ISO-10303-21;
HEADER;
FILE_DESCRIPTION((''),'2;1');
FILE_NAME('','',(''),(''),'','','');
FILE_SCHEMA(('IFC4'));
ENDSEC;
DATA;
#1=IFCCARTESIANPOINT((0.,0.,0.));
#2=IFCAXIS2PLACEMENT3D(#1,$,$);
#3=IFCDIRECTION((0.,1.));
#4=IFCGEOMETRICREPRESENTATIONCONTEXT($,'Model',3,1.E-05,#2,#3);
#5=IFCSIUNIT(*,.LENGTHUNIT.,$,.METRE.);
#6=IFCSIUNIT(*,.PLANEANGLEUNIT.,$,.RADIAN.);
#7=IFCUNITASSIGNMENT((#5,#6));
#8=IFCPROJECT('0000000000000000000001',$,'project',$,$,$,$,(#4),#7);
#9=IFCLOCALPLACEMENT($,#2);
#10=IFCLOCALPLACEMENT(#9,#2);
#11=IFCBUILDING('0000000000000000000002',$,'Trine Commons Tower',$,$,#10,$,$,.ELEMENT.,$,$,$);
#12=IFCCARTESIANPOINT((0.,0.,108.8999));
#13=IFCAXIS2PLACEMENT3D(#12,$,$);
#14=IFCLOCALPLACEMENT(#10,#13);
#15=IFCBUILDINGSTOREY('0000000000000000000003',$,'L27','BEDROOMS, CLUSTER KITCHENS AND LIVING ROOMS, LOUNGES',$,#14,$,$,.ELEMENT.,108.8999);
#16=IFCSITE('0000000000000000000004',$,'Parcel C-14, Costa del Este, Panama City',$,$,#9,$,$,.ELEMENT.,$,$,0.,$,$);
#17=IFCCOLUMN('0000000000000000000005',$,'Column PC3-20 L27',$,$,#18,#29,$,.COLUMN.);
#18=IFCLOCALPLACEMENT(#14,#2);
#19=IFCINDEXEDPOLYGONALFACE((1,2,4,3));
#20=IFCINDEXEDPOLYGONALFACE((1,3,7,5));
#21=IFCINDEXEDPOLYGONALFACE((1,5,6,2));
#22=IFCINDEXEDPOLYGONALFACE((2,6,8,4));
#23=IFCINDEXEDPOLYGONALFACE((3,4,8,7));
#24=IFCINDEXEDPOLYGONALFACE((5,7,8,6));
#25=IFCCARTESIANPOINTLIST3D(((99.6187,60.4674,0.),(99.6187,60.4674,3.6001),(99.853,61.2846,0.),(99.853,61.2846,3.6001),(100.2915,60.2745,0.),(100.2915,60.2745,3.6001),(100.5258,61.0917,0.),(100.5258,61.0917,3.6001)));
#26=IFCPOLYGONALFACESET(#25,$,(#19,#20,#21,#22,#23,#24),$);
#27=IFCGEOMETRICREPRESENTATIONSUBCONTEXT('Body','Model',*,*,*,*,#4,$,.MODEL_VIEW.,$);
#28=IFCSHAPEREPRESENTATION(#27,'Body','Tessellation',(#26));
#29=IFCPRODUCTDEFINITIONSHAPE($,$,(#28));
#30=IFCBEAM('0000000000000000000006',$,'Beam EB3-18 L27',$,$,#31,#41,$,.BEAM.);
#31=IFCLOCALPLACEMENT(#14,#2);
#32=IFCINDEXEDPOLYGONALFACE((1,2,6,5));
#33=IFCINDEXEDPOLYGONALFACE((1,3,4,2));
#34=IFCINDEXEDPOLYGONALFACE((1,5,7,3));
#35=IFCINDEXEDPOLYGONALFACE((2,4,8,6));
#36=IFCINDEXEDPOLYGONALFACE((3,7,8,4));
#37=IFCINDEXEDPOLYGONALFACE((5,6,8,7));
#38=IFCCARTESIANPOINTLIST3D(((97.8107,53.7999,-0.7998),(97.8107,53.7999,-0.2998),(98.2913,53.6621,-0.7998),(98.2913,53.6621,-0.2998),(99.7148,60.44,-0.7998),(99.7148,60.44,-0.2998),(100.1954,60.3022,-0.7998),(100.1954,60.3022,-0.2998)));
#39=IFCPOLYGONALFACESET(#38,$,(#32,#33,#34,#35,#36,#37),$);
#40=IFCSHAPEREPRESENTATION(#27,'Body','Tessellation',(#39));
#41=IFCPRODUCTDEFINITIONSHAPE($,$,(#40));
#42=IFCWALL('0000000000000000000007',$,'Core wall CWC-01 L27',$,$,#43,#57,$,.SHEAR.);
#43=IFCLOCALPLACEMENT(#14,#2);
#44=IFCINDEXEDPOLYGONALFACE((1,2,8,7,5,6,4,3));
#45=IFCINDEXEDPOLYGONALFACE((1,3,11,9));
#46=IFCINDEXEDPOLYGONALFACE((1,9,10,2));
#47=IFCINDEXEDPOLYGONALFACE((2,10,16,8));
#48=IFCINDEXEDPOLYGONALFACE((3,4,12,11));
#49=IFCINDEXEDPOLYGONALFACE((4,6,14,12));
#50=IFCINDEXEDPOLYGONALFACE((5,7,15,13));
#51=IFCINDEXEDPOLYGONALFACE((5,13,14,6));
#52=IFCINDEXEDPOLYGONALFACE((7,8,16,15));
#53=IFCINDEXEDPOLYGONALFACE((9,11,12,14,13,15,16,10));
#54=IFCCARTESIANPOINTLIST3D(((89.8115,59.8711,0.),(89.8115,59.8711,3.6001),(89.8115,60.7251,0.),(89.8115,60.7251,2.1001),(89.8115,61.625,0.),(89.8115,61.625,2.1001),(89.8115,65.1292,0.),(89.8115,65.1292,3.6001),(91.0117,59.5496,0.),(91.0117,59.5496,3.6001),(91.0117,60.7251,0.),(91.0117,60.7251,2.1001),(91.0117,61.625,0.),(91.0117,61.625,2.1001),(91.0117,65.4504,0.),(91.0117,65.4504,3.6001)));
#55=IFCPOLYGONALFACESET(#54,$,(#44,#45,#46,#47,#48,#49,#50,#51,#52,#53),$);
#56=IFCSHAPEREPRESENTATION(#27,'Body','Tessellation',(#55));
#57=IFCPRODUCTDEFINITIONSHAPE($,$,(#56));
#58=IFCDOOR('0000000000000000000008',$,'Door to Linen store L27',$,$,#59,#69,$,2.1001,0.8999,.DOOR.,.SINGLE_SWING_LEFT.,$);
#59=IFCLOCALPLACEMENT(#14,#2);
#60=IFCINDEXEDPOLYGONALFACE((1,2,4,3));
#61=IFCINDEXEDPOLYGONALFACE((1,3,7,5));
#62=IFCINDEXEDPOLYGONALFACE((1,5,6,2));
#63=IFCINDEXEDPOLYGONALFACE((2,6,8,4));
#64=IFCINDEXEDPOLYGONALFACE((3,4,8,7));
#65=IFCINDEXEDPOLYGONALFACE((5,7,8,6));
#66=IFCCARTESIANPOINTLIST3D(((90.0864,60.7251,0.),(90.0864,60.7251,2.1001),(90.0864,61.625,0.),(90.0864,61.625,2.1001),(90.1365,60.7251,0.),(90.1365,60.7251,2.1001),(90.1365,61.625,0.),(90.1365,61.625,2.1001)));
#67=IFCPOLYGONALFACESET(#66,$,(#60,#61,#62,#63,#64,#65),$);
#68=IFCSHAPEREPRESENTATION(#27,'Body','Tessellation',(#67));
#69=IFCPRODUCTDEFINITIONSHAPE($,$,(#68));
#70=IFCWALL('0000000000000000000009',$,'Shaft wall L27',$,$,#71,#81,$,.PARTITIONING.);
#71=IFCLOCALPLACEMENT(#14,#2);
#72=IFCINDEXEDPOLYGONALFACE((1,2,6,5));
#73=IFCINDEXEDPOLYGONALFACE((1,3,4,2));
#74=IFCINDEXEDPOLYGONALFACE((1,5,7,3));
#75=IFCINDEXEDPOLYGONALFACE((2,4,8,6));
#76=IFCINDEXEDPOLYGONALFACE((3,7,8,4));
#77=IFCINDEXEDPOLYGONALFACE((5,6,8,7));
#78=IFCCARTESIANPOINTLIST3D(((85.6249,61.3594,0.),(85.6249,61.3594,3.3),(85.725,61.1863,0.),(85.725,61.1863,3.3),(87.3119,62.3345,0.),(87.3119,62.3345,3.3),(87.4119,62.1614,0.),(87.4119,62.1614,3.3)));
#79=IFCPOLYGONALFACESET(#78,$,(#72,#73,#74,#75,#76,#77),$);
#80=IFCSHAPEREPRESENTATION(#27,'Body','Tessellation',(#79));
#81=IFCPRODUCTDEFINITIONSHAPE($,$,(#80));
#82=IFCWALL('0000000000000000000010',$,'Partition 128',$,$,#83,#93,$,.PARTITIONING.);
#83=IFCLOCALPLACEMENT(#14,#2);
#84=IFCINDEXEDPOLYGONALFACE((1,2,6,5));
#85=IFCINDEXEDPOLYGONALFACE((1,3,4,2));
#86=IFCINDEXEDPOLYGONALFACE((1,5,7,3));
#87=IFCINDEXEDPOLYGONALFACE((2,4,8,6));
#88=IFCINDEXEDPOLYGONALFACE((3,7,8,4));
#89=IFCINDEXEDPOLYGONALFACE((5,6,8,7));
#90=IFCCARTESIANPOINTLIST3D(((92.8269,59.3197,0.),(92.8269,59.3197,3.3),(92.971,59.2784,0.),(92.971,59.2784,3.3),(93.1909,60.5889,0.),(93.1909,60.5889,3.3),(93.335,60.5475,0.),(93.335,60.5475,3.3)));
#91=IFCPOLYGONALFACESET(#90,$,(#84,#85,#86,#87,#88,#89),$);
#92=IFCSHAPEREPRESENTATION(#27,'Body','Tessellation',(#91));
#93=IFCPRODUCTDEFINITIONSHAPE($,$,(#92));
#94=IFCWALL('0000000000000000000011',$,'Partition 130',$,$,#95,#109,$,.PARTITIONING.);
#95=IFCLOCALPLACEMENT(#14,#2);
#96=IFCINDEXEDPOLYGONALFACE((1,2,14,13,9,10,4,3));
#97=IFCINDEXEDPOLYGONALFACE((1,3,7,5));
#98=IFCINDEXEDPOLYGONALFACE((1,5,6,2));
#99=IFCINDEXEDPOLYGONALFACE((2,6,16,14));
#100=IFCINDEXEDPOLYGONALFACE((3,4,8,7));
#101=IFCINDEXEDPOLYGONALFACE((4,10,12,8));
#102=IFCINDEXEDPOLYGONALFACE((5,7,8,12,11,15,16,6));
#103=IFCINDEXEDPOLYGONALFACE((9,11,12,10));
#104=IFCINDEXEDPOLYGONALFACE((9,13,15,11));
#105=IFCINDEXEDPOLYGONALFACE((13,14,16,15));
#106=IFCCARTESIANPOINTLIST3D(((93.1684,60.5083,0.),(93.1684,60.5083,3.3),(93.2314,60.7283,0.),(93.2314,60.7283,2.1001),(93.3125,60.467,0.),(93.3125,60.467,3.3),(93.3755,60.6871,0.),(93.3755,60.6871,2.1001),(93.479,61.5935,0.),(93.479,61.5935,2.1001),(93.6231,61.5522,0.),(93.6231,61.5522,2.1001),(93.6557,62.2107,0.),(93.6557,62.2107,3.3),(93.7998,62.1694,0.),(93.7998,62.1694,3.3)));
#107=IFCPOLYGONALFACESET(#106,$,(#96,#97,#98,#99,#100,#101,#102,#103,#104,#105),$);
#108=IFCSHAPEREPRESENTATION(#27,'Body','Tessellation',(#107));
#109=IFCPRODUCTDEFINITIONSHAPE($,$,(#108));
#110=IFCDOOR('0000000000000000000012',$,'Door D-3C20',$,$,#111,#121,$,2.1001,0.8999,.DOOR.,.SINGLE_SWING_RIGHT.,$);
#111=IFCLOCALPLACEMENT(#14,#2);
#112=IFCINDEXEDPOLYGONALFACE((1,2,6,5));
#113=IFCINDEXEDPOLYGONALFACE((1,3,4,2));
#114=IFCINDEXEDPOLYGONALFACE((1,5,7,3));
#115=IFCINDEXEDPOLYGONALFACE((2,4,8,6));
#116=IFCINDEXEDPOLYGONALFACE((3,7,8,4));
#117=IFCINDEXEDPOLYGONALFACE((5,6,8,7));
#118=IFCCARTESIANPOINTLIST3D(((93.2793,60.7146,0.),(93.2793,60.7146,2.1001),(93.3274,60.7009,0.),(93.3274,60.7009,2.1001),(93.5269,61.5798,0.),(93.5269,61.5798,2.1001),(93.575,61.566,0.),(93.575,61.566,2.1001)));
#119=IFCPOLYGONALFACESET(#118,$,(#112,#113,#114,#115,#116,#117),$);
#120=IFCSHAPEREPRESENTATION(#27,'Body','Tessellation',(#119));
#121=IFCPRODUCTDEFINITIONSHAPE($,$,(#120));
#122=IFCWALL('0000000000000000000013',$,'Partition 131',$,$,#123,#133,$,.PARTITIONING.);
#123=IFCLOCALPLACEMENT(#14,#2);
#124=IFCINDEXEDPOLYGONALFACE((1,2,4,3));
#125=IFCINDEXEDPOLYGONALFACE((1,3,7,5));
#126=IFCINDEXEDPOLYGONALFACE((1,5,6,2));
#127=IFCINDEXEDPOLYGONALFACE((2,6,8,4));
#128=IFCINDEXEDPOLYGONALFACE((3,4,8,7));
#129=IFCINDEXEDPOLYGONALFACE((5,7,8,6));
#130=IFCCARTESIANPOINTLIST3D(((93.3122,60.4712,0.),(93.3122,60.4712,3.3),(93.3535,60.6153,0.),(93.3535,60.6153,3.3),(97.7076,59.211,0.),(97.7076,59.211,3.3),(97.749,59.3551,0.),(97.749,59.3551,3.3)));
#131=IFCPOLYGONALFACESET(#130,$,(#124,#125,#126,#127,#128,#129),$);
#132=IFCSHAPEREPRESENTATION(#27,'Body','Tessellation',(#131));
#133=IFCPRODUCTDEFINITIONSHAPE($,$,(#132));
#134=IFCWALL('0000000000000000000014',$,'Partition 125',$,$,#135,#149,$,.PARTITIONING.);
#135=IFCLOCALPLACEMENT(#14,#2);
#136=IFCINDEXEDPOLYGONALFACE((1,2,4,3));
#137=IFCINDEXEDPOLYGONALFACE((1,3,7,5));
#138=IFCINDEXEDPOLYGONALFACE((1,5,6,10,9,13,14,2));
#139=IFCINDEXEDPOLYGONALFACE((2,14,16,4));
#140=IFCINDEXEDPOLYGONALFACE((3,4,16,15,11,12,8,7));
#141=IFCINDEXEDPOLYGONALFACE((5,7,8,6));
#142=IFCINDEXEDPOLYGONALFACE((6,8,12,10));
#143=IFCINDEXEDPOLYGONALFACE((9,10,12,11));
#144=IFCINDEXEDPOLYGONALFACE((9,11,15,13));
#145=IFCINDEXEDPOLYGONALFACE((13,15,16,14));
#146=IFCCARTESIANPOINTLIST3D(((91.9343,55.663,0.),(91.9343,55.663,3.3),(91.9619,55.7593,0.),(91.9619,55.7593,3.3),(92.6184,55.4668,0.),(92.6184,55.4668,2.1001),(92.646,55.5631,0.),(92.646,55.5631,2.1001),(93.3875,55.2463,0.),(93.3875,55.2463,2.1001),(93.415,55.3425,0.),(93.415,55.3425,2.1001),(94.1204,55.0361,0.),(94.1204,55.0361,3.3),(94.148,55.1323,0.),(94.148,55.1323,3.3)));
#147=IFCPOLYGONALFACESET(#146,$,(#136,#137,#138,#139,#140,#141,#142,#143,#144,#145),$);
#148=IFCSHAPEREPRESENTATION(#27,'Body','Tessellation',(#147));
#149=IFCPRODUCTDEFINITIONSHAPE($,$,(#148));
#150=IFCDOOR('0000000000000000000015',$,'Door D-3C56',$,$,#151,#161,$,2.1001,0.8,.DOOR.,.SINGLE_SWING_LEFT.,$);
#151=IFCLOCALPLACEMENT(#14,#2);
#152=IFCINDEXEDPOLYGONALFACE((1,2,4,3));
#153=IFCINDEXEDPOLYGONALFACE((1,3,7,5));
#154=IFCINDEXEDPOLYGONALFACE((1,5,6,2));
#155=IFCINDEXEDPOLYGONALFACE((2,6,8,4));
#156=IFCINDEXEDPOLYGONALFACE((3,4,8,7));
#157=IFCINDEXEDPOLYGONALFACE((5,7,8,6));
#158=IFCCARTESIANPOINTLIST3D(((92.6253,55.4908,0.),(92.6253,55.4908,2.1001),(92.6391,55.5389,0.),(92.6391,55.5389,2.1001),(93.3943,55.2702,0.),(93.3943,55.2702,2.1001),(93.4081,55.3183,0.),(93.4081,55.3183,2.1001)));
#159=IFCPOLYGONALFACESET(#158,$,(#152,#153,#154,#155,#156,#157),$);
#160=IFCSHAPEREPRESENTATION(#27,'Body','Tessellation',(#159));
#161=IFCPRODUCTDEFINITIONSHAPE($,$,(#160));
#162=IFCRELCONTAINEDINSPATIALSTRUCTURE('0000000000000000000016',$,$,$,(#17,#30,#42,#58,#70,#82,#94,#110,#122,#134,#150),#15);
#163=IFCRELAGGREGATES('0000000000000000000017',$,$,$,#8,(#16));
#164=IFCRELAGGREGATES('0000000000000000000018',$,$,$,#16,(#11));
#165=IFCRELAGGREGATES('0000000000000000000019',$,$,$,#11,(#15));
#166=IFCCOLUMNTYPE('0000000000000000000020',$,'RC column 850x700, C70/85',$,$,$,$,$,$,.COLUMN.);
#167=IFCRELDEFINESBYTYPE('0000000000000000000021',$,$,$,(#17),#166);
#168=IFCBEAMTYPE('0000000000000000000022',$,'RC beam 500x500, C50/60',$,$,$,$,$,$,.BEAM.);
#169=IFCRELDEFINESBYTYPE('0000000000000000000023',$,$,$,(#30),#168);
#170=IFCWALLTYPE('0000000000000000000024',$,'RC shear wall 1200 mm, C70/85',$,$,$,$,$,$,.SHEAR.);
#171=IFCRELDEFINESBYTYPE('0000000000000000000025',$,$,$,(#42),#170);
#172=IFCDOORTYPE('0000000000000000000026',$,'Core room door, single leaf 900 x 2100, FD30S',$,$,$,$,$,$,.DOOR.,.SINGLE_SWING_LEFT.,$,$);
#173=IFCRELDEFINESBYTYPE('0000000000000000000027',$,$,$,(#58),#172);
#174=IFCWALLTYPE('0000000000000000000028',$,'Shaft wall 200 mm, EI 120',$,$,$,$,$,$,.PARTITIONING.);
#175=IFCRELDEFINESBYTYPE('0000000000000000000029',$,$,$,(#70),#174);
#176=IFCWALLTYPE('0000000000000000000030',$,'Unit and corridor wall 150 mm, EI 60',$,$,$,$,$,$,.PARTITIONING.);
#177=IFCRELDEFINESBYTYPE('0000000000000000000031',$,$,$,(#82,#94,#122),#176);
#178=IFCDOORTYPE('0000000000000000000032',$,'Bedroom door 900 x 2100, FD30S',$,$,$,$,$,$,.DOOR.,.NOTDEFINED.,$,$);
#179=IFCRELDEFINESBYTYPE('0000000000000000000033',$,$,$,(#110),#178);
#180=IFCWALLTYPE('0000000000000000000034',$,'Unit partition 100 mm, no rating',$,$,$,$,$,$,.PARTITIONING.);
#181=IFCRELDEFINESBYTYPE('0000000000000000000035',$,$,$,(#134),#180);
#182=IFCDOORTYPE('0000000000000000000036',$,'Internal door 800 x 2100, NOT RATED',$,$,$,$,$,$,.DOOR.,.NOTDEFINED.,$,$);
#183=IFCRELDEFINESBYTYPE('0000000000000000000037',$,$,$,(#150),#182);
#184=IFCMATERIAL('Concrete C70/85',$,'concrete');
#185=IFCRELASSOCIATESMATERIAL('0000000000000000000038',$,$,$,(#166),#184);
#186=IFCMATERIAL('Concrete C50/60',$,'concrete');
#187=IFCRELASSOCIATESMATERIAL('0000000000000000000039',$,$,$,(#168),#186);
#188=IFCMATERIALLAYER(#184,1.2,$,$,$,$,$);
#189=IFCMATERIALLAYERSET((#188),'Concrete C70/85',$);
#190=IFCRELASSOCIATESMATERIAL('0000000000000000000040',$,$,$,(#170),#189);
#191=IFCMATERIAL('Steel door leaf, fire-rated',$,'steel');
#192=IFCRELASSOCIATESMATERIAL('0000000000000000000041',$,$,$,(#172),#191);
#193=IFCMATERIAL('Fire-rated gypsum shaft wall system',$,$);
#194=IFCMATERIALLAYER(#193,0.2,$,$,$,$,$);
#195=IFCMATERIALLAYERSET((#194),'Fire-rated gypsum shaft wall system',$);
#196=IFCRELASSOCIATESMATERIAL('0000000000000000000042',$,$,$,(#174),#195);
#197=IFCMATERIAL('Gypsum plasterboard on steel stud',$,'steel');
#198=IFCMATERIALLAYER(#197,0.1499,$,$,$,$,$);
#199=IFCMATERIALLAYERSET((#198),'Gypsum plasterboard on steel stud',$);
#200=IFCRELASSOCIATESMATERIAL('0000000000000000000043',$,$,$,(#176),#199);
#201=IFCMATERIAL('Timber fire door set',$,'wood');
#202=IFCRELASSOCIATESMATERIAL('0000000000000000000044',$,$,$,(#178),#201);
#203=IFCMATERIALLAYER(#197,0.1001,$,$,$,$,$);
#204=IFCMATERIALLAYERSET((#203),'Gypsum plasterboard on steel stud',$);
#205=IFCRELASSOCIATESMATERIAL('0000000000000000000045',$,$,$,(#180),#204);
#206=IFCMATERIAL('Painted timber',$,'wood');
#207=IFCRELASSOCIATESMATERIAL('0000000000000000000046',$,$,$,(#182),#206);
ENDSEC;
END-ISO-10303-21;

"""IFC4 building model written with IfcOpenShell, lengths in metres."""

from ifc_helpers import new_model, si_unit, direction, frame, frame_2d, origin, origin_2d, place, context, subcontext, project, spatial, polyline, rectangle, outline, extrude, material, layer, layer_set, material_profile, profile_set, type_object, element, fill, save


model = new_model("IFC4")

# Units and contexts
model_context = context("Model", 3, precision=1e-05, world=origin(), true_north=direction((0.0, 1.0)))
body_context = subcontext(model_context, "Body", "Model", "MODEL_VIEW")
ifc_project = project(units=[si_unit("LENGTHUNIT", "METRE"), si_unit("PLANEANGLEUNIT", "RADIAN")], contexts=[model_context])

# Site, building, storey
site_placement = place(None, origin())
site = spatial("IfcSite", under=ifc_project, at=site_placement, Name="Parcel C-14, Costa del Este, Panama City", CompositionType="ELEMENT", RefElevation=0.0)
building_placement = place(site_placement, origin())
building = spatial("IfcBuilding", under=site, at=building_placement, Name="Trine Commons Tower", CompositionType="ELEMENT")
storey_placement = place(building_placement, frame((0.0, 0.0, 108.8999)))
storey = spatial("IfcBuildingStorey", under=building, at=storey_placement, Name="L27", Description="BEDROOMS, CLUSTER KITCHENS AND LIVING ROOMS, LOUNGES", CompositionType="ELEMENT", Elevation=108.8999)

# Column
ifc_material_1 = material(Name="Concrete C70/85", Category="concrete")
ifc_material_profile_1 = material_profile(ifc_material_1, rectangle(XDim=0.8501, YDim=0.7, at=origin_2d()), Name="RC 850x700")
ifc_profile_set_1 = profile_set([ifc_material_profile_1], Name="Concrete C70/85")
column_type = type_object("IfcColumnType", Name="RC column 850x700, C70/85", PredefinedType="COLUMN", material=ifc_profile_set_1)
column_placement = place(storey_placement, frame((100.0723, 60.7795, 0.0), z_axis=(0.0, 0.0, 1.0), x_axis=(0.275637, 0.961262, 0.0)))
element("IfcColumn", 1, at=column_placement, inside=storey, type_object=column_type, Name="Column PC3-20 L27", PredefinedType="COLUMN", context=body_context, shape_type="SweptSolid", body=[
    extrude(rectangle(XDim=0.8501, YDim=0.7, at=origin_2d()), origin(), (0.0, 0.0, 1.0), 3.6001),
])

# Beam
ifc_material_2 = material(Name="Concrete C50/60", Category="concrete")
ifc_material_profile_2 = material_profile(ifc_material_2, rectangle(XDim=0.5, YDim=0.5, at=origin_2d()), Name="RC 500x500")
ifc_profile_set_2 = profile_set([ifc_material_profile_2], Name="Concrete C50/60")
beam_type = type_object("IfcBeamType", Name="RC beam 500x500, C50/60", PredefinedType="BEAM", material=ifc_profile_set_2)
beam_placement = place(storey_placement, frame((99.9551, 60.3711, -0.5498), z_axis=(-0.275641, -0.961261, 0.0), x_axis=(0.961261, -0.275641, 0.0)))
element("IfcBeam", 2, at=beam_placement, inside=storey, type_object=beam_type, Name="Beam EB3-18 L27", PredefinedType="BEAM", context=body_context, shape_type="SweptSolid", body=[
    extrude(rectangle(XDim=0.5, YDim=0.5, at=origin_2d()), origin(), (0.0, 0.0, 1.0), 6.9077),
])

# Wall, opening, door
ifc_layer_1 = layer(ifc_material_1, 1.2)
ifc_layer_set_1 = layer_set([ifc_layer_1], Name="Concrete C70/85")
wall_type_1 = type_object("IfcWallType", Name="RC shear wall 1200 mm, C70/85", PredefinedType="SHEAR", material=ifc_layer_set_1)
wall_1_placement = place(storey_placement, frame((90.4116, 59.5496, 0.0), z_axis=(0.0, 0.0, 1.0), x_axis=(0.0, 1.0, 0.0)))
wall_1 = element("IfcWall", 3, at=wall_1_placement, inside=storey, type_object=wall_type_1, Name="Core wall CWC-01 L27", PredefinedType="SHEAR", context=body_context, shape_type="SweptSolid", body=[
    extrude(outline(polyline([(0.0, -0.6001), (5.9009, -0.6001), (5.5796, 0.6001), (0.3215, 0.6001), (0.0, -0.6001)])), origin(), (0.0, 0.0, 1.0), 3.6001),
])
opening_1_placement = place(wall_1_placement, frame((1.1755, 0.0, 0.0)))
opening_1 = element("IfcOpeningElement", 4, at=opening_1_placement, cuts=wall_1, PredefinedType="OPENING", context=body_context, shape_type="SweptSolid", body=[
    extrude(rectangle(XDim=0.8999, YDim=2.1001, at=frame_2d((0.45, 1.05))), frame((0.0, 0.6099, 0.0), z_axis=(0.0, -1.0, 0.0), x_axis=(1.0, 0.0, 0.0)), (0.0, 0.0, 1.0), 1.22),
])
ifc_material_3 = material(Name="Steel door leaf, fire-rated", Category="steel")
door_type_1 = type_object("IfcDoorType", Name="Core room door, single leaf 900 x 2100, FD30S", OperationType="SINGLE_SWING_LEFT", PredefinedType="DOOR", material=ifc_material_3)
door_1_placement = place(opening_1_placement, origin())
door_1 = element("IfcDoor", 5, at=door_1_placement, inside=storey, type_object=door_type_1, Name="Door to Linen store L27", OperationType="SINGLE_SWING_LEFT", OverallHeight=2.1001, OverallWidth=0.8999, PredefinedType="DOOR", context=body_context, shape_type="SweptSolid", body=[
    extrude(rectangle(XDim=0.8999, YDim=2.1001, at=frame_2d((0.45, 1.05))), frame((0.0, 0.3252, 0.0), z_axis=(0.0, -1.0, 0.0), x_axis=(1.0, 0.0, 0.0)), (0.0, 0.0, 1.0), 0.05),
])
fill(opening_1, door_1)

# Walls
ifc_material_4 = material(Name="Fire-rated gypsum shaft wall system")
ifc_layer_2 = layer(ifc_material_4, 0.2)
ifc_layer_set_2 = layer_set([ifc_layer_2], Name="Fire-rated gypsum shaft wall system")
wall_type_2 = type_object("IfcWallType", Name="Shaft wall 200 mm, EI 120", PredefinedType="PARTITIONING", material=ifc_layer_set_2)
wall_2_placement = place(storey_placement, frame((85.675, 61.2729, 0.0), z_axis=(0.0, 0.0, 1.0), x_axis=(0.865781, 0.500424, 0.0)))
element("IfcWall", 6, at=wall_2_placement, inside=storey, type_object=wall_type_2, Name="Shaft wall L27", PredefinedType="PARTITIONING", context=body_context, shape_type="SweptSolid", body=[
    extrude(rectangle(XDim=1.9485, YDim=0.2, at=frame_2d((0.9741, 0.0))), origin(), (0.0, 0.0, 1.0), 3.3),
])
ifc_material_5 = material(Name="Gypsum plasterboard on steel stud", Category="steel")
ifc_layer_3 = layer(ifc_material_5, 0.1499)
ifc_layer_set_3 = layer_set([ifc_layer_3], Name="Gypsum plasterboard on steel stud")
wall_type_3 = type_object("IfcWallType", Name="Unit and corridor wall 150 mm, EI 60", PredefinedType="PARTITIONING", material=ifc_layer_set_3)
wall_3_placement = place(storey_placement, frame((92.8989, 59.2991, 0.0), z_axis=(0.0, 0.0, 1.0), x_axis=(0.275722, 0.961237, 0.0)))
element("IfcWall", 7, at=wall_3_placement, inside=storey, type_object=wall_type_3, Name="Partition 128", PredefinedType="PARTITIONING", context=body_context, shape_type="SweptSolid", body=[
    extrude(rectangle(XDim=1.3203, YDim=0.1499, at=frame_2d((0.6602, 0.0))), origin(), (0.0, 0.0, 1.0), 3.3),
])

# Wall, opening, door
wall_4_placement = place(storey_placement, frame((93.2405, 60.4878, 0.0), z_axis=(0.0, 0.0, 1.0), x_axis=(0.275195, 0.961389, 0.0)))
wall_4 = element("IfcWall", 8, at=wall_4_placement, inside=storey, type_object=wall_type_3, Name="Partition 130", PredefinedType="PARTITIONING", context=body_context, shape_type="SweptSolid", body=[
    extrude(rectangle(XDim=1.7708, YDim=0.1499, at=frame_2d((0.8853, 0.0))), origin(), (0.0, 0.0, 1.0), 3.3),
])
opening_2_placement = place(wall_4_placement, frame((0.2288, 0.0, 0.0)))
opening_2 = element("IfcOpeningElement", 9, at=opening_2_placement, cuts=wall_4, PredefinedType="OPENING", context=body_context, shape_type="SweptSolid", body=[
    extrude(rectangle(XDim=0.8999, YDim=2.1001, at=frame_2d((0.45, 1.05))), frame((0.0, 0.085, 0.0), z_axis=(0.0, -1.0, 0.0), x_axis=(1.0, 0.0, 0.0)), (0.0, 0.0, 1.0), 0.1699),
])
ifc_material_6 = material(Name="Timber fire door set", Category="wood")
door_type_2 = type_object("IfcDoorType", Name="Bedroom door 900 x 2100, FD30S", OperationType="NOTDEFINED", PredefinedType="DOOR", material=ifc_material_6)
door_2_placement = place(opening_2_placement, frame((0.8999, 0.0, 0.0), z_axis=(0.0, 0.0, 1.0), x_axis=(-1.0, 0.0, 0.0)))
door_2 = element("IfcDoor", 10, at=door_2_placement, inside=storey, type_object=door_type_2, Name="Door D-3C20", OperationType="SINGLE_SWING_RIGHT", OverallHeight=2.1001, OverallWidth=0.8999, PredefinedType="DOOR", context=body_context, shape_type="SweptSolid", body=[
    extrude(rectangle(XDim=0.8999, YDim=2.1001, at=frame_2d((0.45, 1.05))), frame((0.0, 0.0249, 0.0), z_axis=(0.0, -1.0, 0.0), x_axis=(1.0, 0.0, 0.0)), (0.0, 0.0, 1.0), 0.05),
])
fill(opening_2, door_2)

# Wall
wall_5_placement = place(storey_placement, frame((93.333, 60.5432, 0.0), z_axis=(0.0, 0.0, 1.0), x_axis=(0.96127, -0.27561, 0.0)))
element("IfcWall", 11, at=wall_5_placement, inside=storey, type_object=wall_type_3, Name="Partition 131", PredefinedType="PARTITIONING", context=body_context, shape_type="SweptSolid", body=[
    extrude(rectangle(XDim=4.5725, YDim=0.1499, at=frame_2d((2.2861, 0.0))), origin(), (0.0, 0.0, 1.0), 3.3),
])

# Wall, opening, door
ifc_layer_4 = layer(ifc_material_5, 0.1001)
ifc_layer_set_4 = layer_set([ifc_layer_4], Name="Gypsum plasterboard on steel stud")
wall_type_4 = type_object("IfcWallType", Name="Unit partition 100 mm, no rating", PredefinedType="PARTITIONING", material=ifc_layer_set_4)
wall_6_placement = place(storey_placement, frame((91.948, 55.7112, 0.0), z_axis=(0.0, 0.0, 1.0), x_axis=(0.961248, -0.275685, 0.0)))
wall_6 = element("IfcWall", 12, at=wall_6_placement, inside=storey, type_object=wall_type_4, Name="Partition 125", PredefinedType="PARTITIONING", context=body_context, shape_type="SweptSolid", body=[
    extrude(rectangle(XDim=2.2742, YDim=0.1001, at=frame_2d((1.1372, 0.0))), origin(), (0.0, 0.0, 1.0), 3.3),
])
opening_3_placement = place(wall_6_placement, frame((0.7119, 0.0, 0.0)))
opening_3 = element("IfcOpeningElement", 13, at=opening_3_placement, cuts=wall_6, PredefinedType="OPENING", context=body_context, shape_type="SweptSolid", body=[
    extrude(rectangle(XDim=0.8, YDim=2.1001, at=frame_2d((0.3999, 1.05))), frame((0.0, 0.0601, 0.0), z_axis=(0.0, -1.0, 0.0), x_axis=(1.0, 0.0, 0.0)), (0.0, 0.0, 1.0), 0.1201),
])
ifc_material_7 = material(Name="Painted timber", Category="wood")
door_type_3 = type_object("IfcDoorType", Name="Internal door 800 x 2100, NOT RATED", OperationType="NOTDEFINED", PredefinedType="DOOR", material=ifc_material_7)
door_3_placement = place(opening_3_placement, origin())
door_3 = element("IfcDoor", 14, at=door_3_placement, inside=storey, type_object=door_type_3, Name="Door D-3C56", OperationType="SINGLE_SWING_LEFT", OverallHeight=2.1001, OverallWidth=0.8, PredefinedType="DOOR", context=body_context, shape_type="SweptSolid", body=[
    extrude(rectangle(XDim=0.8, YDim=2.1001, at=frame_2d((0.3999, 1.05))), frame((0.0, 0.0249, 0.0), z_axis=(0.0, -1.0, 0.0), x_axis=(1.0, 0.0, 0.0)), (0.0, 0.0, 1.0), 0.05),
])
fill(opening_3, door_3)

save(model, "model.ifc")
